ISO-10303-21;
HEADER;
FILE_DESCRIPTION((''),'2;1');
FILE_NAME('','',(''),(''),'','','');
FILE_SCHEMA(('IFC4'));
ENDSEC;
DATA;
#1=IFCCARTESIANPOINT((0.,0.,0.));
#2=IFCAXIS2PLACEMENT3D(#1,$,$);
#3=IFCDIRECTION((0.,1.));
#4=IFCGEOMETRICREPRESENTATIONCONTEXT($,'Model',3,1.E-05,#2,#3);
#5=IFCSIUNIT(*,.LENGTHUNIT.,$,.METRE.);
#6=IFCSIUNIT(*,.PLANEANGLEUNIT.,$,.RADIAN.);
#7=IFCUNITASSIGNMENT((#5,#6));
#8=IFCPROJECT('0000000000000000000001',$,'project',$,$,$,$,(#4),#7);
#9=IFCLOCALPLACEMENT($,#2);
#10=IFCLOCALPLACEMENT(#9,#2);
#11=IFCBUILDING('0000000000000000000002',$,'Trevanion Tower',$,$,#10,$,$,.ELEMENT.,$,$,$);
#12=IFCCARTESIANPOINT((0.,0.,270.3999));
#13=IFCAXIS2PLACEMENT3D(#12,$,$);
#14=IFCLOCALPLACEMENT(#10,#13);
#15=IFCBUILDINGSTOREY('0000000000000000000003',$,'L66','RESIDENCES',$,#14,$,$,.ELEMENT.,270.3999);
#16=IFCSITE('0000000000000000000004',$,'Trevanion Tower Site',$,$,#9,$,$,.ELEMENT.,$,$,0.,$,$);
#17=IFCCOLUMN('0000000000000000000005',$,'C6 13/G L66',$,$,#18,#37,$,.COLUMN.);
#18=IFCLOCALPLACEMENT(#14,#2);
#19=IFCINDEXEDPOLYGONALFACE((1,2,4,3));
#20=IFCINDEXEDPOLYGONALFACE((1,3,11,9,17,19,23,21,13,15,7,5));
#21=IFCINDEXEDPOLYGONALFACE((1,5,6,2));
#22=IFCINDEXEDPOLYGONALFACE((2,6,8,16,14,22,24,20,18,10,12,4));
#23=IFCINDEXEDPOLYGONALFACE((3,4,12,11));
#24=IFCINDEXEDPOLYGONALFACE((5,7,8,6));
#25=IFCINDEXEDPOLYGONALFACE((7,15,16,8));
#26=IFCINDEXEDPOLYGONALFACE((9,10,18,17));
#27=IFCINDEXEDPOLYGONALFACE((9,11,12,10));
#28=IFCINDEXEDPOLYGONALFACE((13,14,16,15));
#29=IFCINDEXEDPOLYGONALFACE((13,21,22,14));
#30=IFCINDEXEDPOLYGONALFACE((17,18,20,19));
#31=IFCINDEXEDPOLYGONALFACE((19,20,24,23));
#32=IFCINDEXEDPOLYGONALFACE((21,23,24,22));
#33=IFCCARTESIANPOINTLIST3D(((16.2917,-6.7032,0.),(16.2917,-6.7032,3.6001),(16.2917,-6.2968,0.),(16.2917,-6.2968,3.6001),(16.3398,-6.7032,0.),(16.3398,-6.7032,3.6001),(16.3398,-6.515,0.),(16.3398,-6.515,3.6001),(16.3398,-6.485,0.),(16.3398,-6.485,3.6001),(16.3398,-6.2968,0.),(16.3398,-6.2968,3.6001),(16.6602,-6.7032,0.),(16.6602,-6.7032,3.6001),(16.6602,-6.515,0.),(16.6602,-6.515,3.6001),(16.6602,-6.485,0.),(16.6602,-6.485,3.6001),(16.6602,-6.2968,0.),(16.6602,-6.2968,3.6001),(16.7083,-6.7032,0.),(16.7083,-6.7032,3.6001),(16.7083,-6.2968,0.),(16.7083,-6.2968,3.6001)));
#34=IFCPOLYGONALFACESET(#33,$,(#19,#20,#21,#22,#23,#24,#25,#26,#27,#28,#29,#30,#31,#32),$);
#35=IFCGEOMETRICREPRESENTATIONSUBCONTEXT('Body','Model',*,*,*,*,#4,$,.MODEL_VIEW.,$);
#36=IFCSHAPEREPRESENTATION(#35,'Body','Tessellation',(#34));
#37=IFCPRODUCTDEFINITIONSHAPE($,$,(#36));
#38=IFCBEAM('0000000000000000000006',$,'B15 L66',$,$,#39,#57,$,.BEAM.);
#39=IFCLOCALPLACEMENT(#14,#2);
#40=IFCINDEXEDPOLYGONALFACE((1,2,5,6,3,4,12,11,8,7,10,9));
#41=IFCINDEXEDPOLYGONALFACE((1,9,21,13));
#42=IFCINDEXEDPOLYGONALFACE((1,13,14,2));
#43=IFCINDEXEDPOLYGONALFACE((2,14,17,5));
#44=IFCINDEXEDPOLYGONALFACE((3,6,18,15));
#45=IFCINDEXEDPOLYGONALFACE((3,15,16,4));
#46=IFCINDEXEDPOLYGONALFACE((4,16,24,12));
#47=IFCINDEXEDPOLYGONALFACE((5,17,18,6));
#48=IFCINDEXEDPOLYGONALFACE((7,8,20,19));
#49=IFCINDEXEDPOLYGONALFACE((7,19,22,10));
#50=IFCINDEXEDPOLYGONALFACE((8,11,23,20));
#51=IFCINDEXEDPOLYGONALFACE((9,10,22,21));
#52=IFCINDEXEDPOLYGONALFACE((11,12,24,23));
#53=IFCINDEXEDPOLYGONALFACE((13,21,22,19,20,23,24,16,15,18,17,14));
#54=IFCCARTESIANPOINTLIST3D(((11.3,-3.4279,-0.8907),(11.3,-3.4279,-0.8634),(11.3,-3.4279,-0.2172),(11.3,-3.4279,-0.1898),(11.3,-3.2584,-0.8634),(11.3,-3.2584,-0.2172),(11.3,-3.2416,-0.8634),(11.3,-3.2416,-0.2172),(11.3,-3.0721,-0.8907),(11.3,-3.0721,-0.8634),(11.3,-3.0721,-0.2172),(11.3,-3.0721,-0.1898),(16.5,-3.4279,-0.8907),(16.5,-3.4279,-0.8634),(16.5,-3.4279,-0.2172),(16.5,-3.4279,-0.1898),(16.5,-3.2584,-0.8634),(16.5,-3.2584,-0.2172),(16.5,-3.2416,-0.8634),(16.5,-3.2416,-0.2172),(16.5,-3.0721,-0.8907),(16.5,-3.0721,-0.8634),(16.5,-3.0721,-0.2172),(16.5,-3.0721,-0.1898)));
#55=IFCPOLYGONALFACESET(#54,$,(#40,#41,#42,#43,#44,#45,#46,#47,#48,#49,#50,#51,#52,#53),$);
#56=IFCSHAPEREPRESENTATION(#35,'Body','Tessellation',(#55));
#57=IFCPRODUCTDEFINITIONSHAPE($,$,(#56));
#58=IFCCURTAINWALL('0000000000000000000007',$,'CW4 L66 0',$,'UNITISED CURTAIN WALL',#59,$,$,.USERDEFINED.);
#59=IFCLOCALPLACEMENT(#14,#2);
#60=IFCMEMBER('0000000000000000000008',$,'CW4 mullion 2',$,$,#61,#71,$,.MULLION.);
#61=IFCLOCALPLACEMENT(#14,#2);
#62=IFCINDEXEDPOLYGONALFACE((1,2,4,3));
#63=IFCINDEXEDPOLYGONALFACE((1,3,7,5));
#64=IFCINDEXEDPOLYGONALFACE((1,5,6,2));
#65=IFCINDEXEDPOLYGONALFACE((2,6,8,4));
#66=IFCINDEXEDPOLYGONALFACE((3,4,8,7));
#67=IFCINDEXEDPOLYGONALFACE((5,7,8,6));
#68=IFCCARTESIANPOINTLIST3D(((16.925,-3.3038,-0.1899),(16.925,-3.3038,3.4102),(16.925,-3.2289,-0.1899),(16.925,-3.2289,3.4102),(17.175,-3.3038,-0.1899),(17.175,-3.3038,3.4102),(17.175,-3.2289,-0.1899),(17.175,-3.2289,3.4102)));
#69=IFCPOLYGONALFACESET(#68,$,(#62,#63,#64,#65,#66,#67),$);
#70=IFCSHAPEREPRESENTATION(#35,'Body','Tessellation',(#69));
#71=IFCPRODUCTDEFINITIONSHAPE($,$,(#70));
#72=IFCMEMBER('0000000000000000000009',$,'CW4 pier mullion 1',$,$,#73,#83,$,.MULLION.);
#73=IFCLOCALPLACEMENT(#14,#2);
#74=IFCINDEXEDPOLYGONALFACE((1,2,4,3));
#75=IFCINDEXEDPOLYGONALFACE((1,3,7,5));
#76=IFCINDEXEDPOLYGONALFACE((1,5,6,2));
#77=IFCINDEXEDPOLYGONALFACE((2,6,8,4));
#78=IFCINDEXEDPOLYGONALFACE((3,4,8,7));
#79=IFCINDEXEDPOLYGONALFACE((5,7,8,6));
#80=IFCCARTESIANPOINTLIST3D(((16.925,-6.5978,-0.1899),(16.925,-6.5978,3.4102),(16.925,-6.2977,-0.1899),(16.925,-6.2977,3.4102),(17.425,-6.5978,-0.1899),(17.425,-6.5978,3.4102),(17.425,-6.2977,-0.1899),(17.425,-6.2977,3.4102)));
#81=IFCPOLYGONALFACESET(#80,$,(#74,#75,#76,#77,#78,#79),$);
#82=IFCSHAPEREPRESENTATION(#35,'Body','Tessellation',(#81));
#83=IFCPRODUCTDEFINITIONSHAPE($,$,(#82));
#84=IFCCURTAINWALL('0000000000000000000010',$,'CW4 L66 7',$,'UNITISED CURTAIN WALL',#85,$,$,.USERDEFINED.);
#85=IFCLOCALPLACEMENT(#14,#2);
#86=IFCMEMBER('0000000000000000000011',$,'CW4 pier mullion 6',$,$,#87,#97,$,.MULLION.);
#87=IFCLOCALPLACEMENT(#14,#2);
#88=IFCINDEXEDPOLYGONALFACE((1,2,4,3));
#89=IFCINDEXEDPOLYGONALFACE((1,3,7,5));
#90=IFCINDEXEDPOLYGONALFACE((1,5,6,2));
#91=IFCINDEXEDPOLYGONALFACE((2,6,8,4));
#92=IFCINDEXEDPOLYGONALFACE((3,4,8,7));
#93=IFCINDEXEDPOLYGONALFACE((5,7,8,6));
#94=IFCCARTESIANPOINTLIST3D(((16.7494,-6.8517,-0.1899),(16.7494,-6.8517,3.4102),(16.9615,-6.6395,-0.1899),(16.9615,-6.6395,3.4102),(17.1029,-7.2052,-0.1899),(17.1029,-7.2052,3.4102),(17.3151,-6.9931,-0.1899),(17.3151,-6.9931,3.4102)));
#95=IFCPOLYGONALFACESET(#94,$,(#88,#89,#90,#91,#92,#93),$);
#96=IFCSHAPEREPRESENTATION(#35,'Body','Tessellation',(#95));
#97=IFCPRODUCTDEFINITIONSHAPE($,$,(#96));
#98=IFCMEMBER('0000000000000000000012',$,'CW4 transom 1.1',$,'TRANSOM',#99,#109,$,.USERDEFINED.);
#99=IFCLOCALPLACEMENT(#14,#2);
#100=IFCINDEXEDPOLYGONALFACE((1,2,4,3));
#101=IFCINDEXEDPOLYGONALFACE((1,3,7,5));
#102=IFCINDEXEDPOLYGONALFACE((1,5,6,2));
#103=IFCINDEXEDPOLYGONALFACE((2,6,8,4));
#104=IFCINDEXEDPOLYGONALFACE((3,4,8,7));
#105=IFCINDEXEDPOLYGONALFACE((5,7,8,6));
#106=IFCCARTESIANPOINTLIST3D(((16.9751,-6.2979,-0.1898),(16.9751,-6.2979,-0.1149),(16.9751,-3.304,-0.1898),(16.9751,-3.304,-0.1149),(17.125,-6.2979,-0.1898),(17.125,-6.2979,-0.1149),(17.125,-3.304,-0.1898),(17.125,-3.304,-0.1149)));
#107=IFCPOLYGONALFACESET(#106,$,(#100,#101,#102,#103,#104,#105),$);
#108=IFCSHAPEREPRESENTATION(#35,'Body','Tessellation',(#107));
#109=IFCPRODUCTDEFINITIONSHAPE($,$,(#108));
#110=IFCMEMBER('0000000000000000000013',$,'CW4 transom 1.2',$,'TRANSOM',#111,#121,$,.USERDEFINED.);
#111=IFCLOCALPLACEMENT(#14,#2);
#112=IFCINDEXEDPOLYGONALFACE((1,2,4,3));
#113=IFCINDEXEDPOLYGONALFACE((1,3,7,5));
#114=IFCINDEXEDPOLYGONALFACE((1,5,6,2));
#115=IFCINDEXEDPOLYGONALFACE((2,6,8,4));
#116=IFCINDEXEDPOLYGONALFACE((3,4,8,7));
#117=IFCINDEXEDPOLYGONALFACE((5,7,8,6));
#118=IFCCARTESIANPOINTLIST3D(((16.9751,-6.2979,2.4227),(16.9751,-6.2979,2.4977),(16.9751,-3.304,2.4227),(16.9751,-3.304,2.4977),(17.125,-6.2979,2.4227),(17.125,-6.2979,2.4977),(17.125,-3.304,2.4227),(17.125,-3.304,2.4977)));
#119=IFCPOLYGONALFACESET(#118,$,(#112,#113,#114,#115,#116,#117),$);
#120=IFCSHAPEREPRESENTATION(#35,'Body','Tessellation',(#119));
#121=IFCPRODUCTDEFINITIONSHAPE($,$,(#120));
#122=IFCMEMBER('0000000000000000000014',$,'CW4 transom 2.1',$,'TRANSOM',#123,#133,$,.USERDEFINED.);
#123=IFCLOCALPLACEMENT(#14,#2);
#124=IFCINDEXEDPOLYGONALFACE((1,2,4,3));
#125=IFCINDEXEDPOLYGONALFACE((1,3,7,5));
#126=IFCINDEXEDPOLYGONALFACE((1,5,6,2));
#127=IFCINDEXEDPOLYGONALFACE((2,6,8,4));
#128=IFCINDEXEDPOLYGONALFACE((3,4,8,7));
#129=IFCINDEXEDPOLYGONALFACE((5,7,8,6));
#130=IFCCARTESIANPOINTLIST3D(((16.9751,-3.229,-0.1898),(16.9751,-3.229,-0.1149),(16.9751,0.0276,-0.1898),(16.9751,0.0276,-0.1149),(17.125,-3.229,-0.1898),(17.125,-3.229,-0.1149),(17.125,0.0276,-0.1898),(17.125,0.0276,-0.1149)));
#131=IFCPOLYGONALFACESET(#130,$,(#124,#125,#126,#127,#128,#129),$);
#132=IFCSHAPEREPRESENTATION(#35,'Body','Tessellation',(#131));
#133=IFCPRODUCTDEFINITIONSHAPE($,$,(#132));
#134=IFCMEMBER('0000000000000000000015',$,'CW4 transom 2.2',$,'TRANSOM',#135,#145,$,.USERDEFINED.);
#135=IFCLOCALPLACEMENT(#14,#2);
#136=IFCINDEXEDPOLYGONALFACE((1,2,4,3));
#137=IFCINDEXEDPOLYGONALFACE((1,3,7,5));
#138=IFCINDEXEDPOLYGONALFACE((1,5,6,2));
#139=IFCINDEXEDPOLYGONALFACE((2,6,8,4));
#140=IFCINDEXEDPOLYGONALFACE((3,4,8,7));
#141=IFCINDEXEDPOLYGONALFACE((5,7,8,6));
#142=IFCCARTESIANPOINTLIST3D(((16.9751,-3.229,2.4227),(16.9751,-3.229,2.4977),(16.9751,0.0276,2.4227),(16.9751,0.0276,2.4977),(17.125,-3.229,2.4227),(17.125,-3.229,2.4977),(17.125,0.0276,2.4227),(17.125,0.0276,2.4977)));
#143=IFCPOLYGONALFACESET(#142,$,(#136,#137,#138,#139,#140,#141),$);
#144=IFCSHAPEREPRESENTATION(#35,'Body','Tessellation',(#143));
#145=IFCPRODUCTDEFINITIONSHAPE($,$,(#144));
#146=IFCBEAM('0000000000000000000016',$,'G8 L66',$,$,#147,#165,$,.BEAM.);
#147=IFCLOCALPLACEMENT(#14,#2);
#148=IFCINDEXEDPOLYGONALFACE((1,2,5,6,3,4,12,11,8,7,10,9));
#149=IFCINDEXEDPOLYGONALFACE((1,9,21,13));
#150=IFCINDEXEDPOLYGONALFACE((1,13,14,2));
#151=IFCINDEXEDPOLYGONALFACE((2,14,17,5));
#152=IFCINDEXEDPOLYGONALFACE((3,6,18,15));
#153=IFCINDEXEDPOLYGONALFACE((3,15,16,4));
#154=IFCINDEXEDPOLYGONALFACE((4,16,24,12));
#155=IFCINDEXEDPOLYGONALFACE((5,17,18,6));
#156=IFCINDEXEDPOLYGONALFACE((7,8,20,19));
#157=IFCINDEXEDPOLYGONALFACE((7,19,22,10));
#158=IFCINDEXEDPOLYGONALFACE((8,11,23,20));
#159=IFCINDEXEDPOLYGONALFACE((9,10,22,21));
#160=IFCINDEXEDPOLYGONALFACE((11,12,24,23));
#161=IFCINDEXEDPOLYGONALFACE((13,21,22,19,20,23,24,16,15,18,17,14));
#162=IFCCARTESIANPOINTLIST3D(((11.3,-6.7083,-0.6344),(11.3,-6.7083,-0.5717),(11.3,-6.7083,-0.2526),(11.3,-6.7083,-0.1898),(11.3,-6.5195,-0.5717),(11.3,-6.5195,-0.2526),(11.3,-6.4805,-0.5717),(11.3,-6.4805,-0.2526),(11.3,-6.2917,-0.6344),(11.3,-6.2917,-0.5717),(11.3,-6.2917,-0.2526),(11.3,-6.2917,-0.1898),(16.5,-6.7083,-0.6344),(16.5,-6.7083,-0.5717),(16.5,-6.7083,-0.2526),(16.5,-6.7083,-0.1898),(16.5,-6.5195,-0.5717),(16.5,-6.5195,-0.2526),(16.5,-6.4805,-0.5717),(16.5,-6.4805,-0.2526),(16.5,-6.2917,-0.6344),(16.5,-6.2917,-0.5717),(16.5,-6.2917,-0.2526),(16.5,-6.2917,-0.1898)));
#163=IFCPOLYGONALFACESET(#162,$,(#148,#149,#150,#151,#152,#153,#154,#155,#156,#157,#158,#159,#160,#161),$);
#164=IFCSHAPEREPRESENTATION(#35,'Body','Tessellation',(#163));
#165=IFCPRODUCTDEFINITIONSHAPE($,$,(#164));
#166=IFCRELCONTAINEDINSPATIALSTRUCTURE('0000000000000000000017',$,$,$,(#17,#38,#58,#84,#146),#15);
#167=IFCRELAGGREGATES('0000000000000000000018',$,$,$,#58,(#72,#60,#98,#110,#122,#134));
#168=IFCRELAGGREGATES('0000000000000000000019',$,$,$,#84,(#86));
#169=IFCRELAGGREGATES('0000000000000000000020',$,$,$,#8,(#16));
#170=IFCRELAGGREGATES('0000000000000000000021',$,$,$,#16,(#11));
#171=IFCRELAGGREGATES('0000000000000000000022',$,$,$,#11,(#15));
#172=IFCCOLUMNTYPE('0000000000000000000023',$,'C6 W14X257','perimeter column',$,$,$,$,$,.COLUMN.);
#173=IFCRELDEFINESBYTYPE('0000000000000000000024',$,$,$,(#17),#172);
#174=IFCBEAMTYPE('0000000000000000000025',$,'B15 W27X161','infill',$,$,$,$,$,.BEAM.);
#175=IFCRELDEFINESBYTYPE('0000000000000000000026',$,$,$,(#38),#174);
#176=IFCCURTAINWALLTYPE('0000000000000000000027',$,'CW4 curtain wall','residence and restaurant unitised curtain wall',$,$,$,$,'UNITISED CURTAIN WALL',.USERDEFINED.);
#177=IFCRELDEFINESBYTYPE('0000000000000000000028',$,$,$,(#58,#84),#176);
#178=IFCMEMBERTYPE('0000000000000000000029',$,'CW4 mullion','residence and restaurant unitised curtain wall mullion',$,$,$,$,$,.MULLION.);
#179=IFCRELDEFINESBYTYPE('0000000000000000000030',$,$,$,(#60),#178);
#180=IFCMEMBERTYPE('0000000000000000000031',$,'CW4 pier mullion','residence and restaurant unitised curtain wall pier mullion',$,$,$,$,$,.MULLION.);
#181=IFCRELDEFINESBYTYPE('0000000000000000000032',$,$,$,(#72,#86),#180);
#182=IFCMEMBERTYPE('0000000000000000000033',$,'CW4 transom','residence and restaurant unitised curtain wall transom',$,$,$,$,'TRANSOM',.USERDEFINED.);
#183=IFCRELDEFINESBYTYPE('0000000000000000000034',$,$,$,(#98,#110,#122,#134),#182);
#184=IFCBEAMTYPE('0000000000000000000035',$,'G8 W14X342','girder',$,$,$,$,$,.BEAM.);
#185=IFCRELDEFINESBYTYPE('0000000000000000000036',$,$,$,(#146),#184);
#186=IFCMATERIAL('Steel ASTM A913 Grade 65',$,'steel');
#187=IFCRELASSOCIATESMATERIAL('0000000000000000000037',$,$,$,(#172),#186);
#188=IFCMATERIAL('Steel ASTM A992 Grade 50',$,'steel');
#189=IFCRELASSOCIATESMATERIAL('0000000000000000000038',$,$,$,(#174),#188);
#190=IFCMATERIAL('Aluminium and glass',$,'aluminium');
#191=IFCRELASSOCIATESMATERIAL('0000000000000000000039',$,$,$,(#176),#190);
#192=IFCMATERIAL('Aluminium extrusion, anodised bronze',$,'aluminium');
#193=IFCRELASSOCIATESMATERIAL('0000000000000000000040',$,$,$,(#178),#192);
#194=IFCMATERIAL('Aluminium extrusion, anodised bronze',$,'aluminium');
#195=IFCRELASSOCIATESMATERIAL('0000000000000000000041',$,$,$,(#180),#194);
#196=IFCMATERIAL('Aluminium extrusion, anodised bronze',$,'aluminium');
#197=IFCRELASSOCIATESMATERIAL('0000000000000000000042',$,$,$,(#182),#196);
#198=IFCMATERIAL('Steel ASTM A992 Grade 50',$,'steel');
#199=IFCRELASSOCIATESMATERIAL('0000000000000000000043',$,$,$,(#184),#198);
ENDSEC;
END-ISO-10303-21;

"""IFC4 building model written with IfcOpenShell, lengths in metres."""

from ifc_helpers import new_model, si_unit, direction, frame, origin, origin_2d, place, context, subcontext, project, spatial, rectangle, i_section, extrude, material, material_profile, profile_set, type_object, element, aggregate, save


model = new_model("IFC4")

# Units and contexts
model_context = context("Model", 3, precision=1e-05, world=origin(), true_north=direction((0.0, 1.0)))
body_context = subcontext(model_context, "Body", "Model", "MODEL_VIEW")
ifc_project = project(units=[si_unit("LENGTHUNIT", "METRE"), si_unit("PLANEANGLEUNIT", "RADIAN")], contexts=[model_context])

# Site, building, storey
site_placement = place(None, origin())
site = spatial("IfcSite", under=ifc_project, at=site_placement, Name="Trevanion Tower Site", CompositionType="ELEMENT", RefElevation=0.0)
building_placement = place(site_placement, origin())
building = spatial("IfcBuilding", under=site, at=building_placement, Name="Trevanion Tower", CompositionType="ELEMENT")
storey_placement = place(building_placement, frame((0.0, 0.0, 270.3999)))
storey = spatial("IfcBuildingStorey", under=building, at=storey_placement, Name="L66", Description="RESIDENCES", CompositionType="ELEMENT", Elevation=270.3999)

# Column
ifc_material_1 = material(Name="Steel ASTM A913 Grade 65", Category="steel")
ifc_material_profile_1 = material_profile(ifc_material_1, i_section(OverallWidth=0.4065, OverallDepth=0.4165, WebThickness=0.03, FlangeThickness=0.0481, at=origin_2d()), Name="W14X257")
ifc_profile_set_1 = profile_set([ifc_material_profile_1], Name="Steel ASTM A913 Grade 65")
column_type = type_object("IfcColumnType", Name="C6 W14X257", Description="perimeter column", PredefinedType="COLUMN", material=ifc_profile_set_1)
column_placement = place(storey_placement, frame((16.5, -6.5, 0.0), z_axis=(0.0, 0.0, 1.0), x_axis=(0.0, 1.0, 0.0)))
element("IfcColumn", 1, at=column_placement, inside=storey, type_object=column_type, Name="C6 13/G L66", PredefinedType="COLUMN", context=body_context, shape_type="SweptSolid", body=[
    extrude(i_section(OverallWidth=0.4065, OverallDepth=0.4165, WebThickness=0.03, FlangeThickness=0.0481, at=origin_2d()), origin(), (0.0, 0.0, 1.0), 3.6001),
])

# Beam
ifc_material_2 = material(Name="Steel ASTM A992 Grade 50", Category="steel")
ifc_material_profile_2 = material_profile(ifc_material_2, i_section(OverallWidth=0.3557, OverallDepth=0.7009, WebThickness=0.0168, FlangeThickness=0.0273, at=origin_2d()), Name="W27X161")
ifc_profile_set_2 = profile_set([ifc_material_profile_2], Name="Steel ASTM A992 Grade 50")
beam_type_1 = type_object("IfcBeamType", Name="B15 W27X161", Description="infill", PredefinedType="BEAM", material=ifc_profile_set_2)
beam_1_placement = place(storey_placement, frame((11.3, -3.25, -0.5403), z_axis=(1.0, 0.0, 0.0), x_axis=(0.0, 1.0, 0.0)))
element("IfcBeam", 2, at=beam_1_placement, inside=storey, type_object=beam_type_1, Name="B15 L66", PredefinedType="BEAM", context=body_context, shape_type="SweptSolid", body=[
    extrude(i_section(OverallWidth=0.3557, OverallDepth=0.7009, WebThickness=0.0168, FlangeThickness=0.0273, at=origin_2d()), origin(), (0.0, 0.0, 1.0), 5.2),
])

# Curtain wall, members
ifc_material_3 = material(Name="Aluminium and glass", Category="aluminium")
curtain_wall_type = type_object("IfcCurtainWallType", Name="CW4 curtain wall", Description="residence and restaurant unitised curtain wall", ElementType="UNITISED CURTAIN WALL", PredefinedType="USERDEFINED", material=ifc_material_3)
curtain_wall_1_placement = place(storey_placement, origin())
curtain_wall_1 = element("IfcCurtainWall", 3, at=curtain_wall_1_placement, inside=storey, type_object=curtain_wall_type, Name="CW4 L66 0", ObjectType="UNITISED CURTAIN WALL", PredefinedType="USERDEFINED")
ifc_material_4 = material(Name="Aluminium extrusion, anodised bronze", Category="aluminium")
ifc_material_profile_3 = material_profile(ifc_material_4, rectangle(XDim=0.075, YDim=0.25, at=origin_2d()), Name="CW4 mullion")
ifc_profile_set_3 = profile_set([ifc_material_profile_3], Name="Aluminium extrusion, anodised bronze")
member_type_1 = type_object("IfcMemberType", Name="CW4 mullion", Description="residence and restaurant unitised curtain wall mullion", PredefinedType="MULLION", material=ifc_profile_set_3)
member_1_placement = place(storey_placement, frame((17.05, -3.2664, -0.1899), z_axis=(0.0, 0.0, 1.0), x_axis=(0.0, 1.0, 0.0)))
member_1 = element("IfcMember", 4, at=member_1_placement, type_object=member_type_1, Name="CW4 mullion 2", PredefinedType="MULLION", context=body_context, shape_type="SweptSolid", body=[
    extrude(rectangle(XDim=0.075, YDim=0.25, at=origin_2d()), origin(), (0.0, 0.0, 1.0), 3.6001),
])
ifc_material_5 = material(Name="Aluminium extrusion, anodised bronze", Category="aluminium")
ifc_material_profile_4 = material_profile(ifc_material_5, rectangle(XDim=0.3, YDim=0.5, at=origin_2d()), Name="CW4 pier mullion")
ifc_profile_set_4 = profile_set([ifc_material_profile_4], Name="Aluminium extrusion, anodised bronze")
member_type_2 = type_object("IfcMemberType", Name="CW4 pier mullion", Description="residence and restaurant unitised curtain wall pier mullion", PredefinedType="MULLION", material=ifc_profile_set_4)
member_2_placement = place(storey_placement, frame((17.175, -6.4478, -0.1899), z_axis=(0.0, 0.0, 1.0), x_axis=(0.0, 1.0, 0.0)))
member_2 = element("IfcMember", 5, at=member_2_placement, type_object=member_type_2, Name="CW4 pier mullion 1", PredefinedType="MULLION", context=body_context, shape_type="SweptSolid", body=[
    extrude(rectangle(XDim=0.3, YDim=0.5, at=origin_2d()), origin(), (0.0, 0.0, 1.0), 3.6001),
])

# Curtain wall, member
curtain_wall_2_placement = place(storey_placement, origin())
curtain_wall_2 = element("IfcCurtainWall", 6, at=curtain_wall_2_placement, inside=storey, type_object=curtain_wall_type, Name="CW4 L66 7", ObjectType="UNITISED CURTAIN WALL", PredefinedType="USERDEFINED")
member_3_placement = place(storey_placement, frame((17.0322, -6.9224, -0.1899), z_axis=(0.0, 0.0, 1.0), x_axis=(0.707107, 0.707107, 0.0)))
member_3 = element("IfcMember", 7, at=member_3_placement, type_object=member_type_2, Name="CW4 pier mullion 6", PredefinedType="MULLION", context=body_context, shape_type="SweptSolid", body=[
    extrude(rectangle(XDim=0.3, YDim=0.5, at=origin_2d()), origin(), (0.0, 0.0, 1.0), 3.6001),
])

# Members
ifc_material_6 = material(Name="Aluminium extrusion, anodised bronze", Category="aluminium")
ifc_material_profile_5 = material_profile(ifc_material_6, rectangle(XDim=0.1499, YDim=0.075, at=origin_2d()), Name="CW4 transom")
ifc_profile_set_5 = profile_set([ifc_material_profile_5], Name="Aluminium extrusion, anodised bronze")
member_type_3 = type_object("IfcMemberType", Name="CW4 transom", Description="residence and restaurant unitised curtain wall transom", ElementType="TRANSOM", PredefinedType="USERDEFINED", material=ifc_profile_set_5)
member_4_placement = place(storey_placement, frame((17.05, -6.2979, -0.1523), z_axis=(0.0, 1.0, 0.0), x_axis=(-1.0, 0.0, 0.0)))
member_4 = element("IfcMember", 8, at=member_4_placement, type_object=member_type_3, Name="CW4 transom 1.1", ObjectType="TRANSOM", PredefinedType="USERDEFINED", context=body_context, shape_type="SweptSolid", body=[
    extrude(rectangle(XDim=0.1499, YDim=0.075, at=origin_2d()), origin(), (0.0, 0.0, 1.0), 2.9939),
])
member_5_placement = place(storey_placement, frame((17.05, -6.2979, 2.4602), z_axis=(0.0, 1.0, 0.0), x_axis=(-1.0, 0.0, 0.0)))
member_5 = element("IfcMember", 9, at=member_5_placement, type_object=member_type_3, Name="CW4 transom 1.2", ObjectType="TRANSOM", PredefinedType="USERDEFINED", context=body_context, shape_type="SweptSolid", body=[
    extrude(rectangle(XDim=0.1499, YDim=0.075, at=origin_2d()), origin(), (0.0, 0.0, 1.0), 2.9939),
])
member_6_placement = place(storey_placement, frame((17.05, -3.229, -0.1523), z_axis=(0.0, 1.0, 0.0), x_axis=(-1.0, 0.0, 0.0)))
member_6 = element("IfcMember", 10, at=member_6_placement, type_object=member_type_3, Name="CW4 transom 2.1", ObjectType="TRANSOM", PredefinedType="USERDEFINED", context=body_context, shape_type="SweptSolid", body=[
    extrude(rectangle(XDim=0.1499, YDim=0.075, at=origin_2d()), origin(), (0.0, 0.0, 1.0), 3.2566),
])
member_7_placement = place(storey_placement, frame((17.05, -3.229, 2.4602), z_axis=(0.0, 1.0, 0.0), x_axis=(-1.0, 0.0, 0.0)))
member_7 = element("IfcMember", 11, at=member_7_placement, type_object=member_type_3, Name="CW4 transom 2.2", ObjectType="TRANSOM", PredefinedType="USERDEFINED", context=body_context, shape_type="SweptSolid", body=[
    extrude(rectangle(XDim=0.1499, YDim=0.075, at=origin_2d()), origin(), (0.0, 0.0, 1.0), 3.2566),
])

# Beam
ifc_material_7 = material(Name="Steel ASTM A992 Grade 50", Category="steel")
ifc_material_profile_6 = material_profile(ifc_material_7, i_section(OverallWidth=0.4165, OverallDepth=0.4446, WebThickness=0.0391, FlangeThickness=0.0627, at=origin_2d()), Name="W14X342")
ifc_profile_set_6 = profile_set([ifc_material_profile_6], Name="Steel ASTM A992 Grade 50")
beam_type_2 = type_object("IfcBeamType", Name="G8 W14X342", Description="girder", PredefinedType="BEAM", material=ifc_profile_set_6)
beam_2_placement = place(storey_placement, frame((11.3, -6.5, -0.4121), z_axis=(1.0, 0.0, 0.0), x_axis=(0.0, 1.0, 0.0)))
element("IfcBeam", 12, at=beam_2_placement, inside=storey, type_object=beam_type_2, Name="G8 L66", PredefinedType="BEAM", context=body_context, shape_type="SweptSolid", body=[
    extrude(i_section(OverallWidth=0.4165, OverallDepth=0.4446, WebThickness=0.0391, FlangeThickness=0.0627, at=origin_2d()), origin(), (0.0, 0.0, 1.0), 5.2),
])

aggregate(curtain_wall_1, [member_2, member_1, member_4, member_5, member_6, member_7])
aggregate(curtain_wall_2, [member_3])

save(model, "model.ifc")
